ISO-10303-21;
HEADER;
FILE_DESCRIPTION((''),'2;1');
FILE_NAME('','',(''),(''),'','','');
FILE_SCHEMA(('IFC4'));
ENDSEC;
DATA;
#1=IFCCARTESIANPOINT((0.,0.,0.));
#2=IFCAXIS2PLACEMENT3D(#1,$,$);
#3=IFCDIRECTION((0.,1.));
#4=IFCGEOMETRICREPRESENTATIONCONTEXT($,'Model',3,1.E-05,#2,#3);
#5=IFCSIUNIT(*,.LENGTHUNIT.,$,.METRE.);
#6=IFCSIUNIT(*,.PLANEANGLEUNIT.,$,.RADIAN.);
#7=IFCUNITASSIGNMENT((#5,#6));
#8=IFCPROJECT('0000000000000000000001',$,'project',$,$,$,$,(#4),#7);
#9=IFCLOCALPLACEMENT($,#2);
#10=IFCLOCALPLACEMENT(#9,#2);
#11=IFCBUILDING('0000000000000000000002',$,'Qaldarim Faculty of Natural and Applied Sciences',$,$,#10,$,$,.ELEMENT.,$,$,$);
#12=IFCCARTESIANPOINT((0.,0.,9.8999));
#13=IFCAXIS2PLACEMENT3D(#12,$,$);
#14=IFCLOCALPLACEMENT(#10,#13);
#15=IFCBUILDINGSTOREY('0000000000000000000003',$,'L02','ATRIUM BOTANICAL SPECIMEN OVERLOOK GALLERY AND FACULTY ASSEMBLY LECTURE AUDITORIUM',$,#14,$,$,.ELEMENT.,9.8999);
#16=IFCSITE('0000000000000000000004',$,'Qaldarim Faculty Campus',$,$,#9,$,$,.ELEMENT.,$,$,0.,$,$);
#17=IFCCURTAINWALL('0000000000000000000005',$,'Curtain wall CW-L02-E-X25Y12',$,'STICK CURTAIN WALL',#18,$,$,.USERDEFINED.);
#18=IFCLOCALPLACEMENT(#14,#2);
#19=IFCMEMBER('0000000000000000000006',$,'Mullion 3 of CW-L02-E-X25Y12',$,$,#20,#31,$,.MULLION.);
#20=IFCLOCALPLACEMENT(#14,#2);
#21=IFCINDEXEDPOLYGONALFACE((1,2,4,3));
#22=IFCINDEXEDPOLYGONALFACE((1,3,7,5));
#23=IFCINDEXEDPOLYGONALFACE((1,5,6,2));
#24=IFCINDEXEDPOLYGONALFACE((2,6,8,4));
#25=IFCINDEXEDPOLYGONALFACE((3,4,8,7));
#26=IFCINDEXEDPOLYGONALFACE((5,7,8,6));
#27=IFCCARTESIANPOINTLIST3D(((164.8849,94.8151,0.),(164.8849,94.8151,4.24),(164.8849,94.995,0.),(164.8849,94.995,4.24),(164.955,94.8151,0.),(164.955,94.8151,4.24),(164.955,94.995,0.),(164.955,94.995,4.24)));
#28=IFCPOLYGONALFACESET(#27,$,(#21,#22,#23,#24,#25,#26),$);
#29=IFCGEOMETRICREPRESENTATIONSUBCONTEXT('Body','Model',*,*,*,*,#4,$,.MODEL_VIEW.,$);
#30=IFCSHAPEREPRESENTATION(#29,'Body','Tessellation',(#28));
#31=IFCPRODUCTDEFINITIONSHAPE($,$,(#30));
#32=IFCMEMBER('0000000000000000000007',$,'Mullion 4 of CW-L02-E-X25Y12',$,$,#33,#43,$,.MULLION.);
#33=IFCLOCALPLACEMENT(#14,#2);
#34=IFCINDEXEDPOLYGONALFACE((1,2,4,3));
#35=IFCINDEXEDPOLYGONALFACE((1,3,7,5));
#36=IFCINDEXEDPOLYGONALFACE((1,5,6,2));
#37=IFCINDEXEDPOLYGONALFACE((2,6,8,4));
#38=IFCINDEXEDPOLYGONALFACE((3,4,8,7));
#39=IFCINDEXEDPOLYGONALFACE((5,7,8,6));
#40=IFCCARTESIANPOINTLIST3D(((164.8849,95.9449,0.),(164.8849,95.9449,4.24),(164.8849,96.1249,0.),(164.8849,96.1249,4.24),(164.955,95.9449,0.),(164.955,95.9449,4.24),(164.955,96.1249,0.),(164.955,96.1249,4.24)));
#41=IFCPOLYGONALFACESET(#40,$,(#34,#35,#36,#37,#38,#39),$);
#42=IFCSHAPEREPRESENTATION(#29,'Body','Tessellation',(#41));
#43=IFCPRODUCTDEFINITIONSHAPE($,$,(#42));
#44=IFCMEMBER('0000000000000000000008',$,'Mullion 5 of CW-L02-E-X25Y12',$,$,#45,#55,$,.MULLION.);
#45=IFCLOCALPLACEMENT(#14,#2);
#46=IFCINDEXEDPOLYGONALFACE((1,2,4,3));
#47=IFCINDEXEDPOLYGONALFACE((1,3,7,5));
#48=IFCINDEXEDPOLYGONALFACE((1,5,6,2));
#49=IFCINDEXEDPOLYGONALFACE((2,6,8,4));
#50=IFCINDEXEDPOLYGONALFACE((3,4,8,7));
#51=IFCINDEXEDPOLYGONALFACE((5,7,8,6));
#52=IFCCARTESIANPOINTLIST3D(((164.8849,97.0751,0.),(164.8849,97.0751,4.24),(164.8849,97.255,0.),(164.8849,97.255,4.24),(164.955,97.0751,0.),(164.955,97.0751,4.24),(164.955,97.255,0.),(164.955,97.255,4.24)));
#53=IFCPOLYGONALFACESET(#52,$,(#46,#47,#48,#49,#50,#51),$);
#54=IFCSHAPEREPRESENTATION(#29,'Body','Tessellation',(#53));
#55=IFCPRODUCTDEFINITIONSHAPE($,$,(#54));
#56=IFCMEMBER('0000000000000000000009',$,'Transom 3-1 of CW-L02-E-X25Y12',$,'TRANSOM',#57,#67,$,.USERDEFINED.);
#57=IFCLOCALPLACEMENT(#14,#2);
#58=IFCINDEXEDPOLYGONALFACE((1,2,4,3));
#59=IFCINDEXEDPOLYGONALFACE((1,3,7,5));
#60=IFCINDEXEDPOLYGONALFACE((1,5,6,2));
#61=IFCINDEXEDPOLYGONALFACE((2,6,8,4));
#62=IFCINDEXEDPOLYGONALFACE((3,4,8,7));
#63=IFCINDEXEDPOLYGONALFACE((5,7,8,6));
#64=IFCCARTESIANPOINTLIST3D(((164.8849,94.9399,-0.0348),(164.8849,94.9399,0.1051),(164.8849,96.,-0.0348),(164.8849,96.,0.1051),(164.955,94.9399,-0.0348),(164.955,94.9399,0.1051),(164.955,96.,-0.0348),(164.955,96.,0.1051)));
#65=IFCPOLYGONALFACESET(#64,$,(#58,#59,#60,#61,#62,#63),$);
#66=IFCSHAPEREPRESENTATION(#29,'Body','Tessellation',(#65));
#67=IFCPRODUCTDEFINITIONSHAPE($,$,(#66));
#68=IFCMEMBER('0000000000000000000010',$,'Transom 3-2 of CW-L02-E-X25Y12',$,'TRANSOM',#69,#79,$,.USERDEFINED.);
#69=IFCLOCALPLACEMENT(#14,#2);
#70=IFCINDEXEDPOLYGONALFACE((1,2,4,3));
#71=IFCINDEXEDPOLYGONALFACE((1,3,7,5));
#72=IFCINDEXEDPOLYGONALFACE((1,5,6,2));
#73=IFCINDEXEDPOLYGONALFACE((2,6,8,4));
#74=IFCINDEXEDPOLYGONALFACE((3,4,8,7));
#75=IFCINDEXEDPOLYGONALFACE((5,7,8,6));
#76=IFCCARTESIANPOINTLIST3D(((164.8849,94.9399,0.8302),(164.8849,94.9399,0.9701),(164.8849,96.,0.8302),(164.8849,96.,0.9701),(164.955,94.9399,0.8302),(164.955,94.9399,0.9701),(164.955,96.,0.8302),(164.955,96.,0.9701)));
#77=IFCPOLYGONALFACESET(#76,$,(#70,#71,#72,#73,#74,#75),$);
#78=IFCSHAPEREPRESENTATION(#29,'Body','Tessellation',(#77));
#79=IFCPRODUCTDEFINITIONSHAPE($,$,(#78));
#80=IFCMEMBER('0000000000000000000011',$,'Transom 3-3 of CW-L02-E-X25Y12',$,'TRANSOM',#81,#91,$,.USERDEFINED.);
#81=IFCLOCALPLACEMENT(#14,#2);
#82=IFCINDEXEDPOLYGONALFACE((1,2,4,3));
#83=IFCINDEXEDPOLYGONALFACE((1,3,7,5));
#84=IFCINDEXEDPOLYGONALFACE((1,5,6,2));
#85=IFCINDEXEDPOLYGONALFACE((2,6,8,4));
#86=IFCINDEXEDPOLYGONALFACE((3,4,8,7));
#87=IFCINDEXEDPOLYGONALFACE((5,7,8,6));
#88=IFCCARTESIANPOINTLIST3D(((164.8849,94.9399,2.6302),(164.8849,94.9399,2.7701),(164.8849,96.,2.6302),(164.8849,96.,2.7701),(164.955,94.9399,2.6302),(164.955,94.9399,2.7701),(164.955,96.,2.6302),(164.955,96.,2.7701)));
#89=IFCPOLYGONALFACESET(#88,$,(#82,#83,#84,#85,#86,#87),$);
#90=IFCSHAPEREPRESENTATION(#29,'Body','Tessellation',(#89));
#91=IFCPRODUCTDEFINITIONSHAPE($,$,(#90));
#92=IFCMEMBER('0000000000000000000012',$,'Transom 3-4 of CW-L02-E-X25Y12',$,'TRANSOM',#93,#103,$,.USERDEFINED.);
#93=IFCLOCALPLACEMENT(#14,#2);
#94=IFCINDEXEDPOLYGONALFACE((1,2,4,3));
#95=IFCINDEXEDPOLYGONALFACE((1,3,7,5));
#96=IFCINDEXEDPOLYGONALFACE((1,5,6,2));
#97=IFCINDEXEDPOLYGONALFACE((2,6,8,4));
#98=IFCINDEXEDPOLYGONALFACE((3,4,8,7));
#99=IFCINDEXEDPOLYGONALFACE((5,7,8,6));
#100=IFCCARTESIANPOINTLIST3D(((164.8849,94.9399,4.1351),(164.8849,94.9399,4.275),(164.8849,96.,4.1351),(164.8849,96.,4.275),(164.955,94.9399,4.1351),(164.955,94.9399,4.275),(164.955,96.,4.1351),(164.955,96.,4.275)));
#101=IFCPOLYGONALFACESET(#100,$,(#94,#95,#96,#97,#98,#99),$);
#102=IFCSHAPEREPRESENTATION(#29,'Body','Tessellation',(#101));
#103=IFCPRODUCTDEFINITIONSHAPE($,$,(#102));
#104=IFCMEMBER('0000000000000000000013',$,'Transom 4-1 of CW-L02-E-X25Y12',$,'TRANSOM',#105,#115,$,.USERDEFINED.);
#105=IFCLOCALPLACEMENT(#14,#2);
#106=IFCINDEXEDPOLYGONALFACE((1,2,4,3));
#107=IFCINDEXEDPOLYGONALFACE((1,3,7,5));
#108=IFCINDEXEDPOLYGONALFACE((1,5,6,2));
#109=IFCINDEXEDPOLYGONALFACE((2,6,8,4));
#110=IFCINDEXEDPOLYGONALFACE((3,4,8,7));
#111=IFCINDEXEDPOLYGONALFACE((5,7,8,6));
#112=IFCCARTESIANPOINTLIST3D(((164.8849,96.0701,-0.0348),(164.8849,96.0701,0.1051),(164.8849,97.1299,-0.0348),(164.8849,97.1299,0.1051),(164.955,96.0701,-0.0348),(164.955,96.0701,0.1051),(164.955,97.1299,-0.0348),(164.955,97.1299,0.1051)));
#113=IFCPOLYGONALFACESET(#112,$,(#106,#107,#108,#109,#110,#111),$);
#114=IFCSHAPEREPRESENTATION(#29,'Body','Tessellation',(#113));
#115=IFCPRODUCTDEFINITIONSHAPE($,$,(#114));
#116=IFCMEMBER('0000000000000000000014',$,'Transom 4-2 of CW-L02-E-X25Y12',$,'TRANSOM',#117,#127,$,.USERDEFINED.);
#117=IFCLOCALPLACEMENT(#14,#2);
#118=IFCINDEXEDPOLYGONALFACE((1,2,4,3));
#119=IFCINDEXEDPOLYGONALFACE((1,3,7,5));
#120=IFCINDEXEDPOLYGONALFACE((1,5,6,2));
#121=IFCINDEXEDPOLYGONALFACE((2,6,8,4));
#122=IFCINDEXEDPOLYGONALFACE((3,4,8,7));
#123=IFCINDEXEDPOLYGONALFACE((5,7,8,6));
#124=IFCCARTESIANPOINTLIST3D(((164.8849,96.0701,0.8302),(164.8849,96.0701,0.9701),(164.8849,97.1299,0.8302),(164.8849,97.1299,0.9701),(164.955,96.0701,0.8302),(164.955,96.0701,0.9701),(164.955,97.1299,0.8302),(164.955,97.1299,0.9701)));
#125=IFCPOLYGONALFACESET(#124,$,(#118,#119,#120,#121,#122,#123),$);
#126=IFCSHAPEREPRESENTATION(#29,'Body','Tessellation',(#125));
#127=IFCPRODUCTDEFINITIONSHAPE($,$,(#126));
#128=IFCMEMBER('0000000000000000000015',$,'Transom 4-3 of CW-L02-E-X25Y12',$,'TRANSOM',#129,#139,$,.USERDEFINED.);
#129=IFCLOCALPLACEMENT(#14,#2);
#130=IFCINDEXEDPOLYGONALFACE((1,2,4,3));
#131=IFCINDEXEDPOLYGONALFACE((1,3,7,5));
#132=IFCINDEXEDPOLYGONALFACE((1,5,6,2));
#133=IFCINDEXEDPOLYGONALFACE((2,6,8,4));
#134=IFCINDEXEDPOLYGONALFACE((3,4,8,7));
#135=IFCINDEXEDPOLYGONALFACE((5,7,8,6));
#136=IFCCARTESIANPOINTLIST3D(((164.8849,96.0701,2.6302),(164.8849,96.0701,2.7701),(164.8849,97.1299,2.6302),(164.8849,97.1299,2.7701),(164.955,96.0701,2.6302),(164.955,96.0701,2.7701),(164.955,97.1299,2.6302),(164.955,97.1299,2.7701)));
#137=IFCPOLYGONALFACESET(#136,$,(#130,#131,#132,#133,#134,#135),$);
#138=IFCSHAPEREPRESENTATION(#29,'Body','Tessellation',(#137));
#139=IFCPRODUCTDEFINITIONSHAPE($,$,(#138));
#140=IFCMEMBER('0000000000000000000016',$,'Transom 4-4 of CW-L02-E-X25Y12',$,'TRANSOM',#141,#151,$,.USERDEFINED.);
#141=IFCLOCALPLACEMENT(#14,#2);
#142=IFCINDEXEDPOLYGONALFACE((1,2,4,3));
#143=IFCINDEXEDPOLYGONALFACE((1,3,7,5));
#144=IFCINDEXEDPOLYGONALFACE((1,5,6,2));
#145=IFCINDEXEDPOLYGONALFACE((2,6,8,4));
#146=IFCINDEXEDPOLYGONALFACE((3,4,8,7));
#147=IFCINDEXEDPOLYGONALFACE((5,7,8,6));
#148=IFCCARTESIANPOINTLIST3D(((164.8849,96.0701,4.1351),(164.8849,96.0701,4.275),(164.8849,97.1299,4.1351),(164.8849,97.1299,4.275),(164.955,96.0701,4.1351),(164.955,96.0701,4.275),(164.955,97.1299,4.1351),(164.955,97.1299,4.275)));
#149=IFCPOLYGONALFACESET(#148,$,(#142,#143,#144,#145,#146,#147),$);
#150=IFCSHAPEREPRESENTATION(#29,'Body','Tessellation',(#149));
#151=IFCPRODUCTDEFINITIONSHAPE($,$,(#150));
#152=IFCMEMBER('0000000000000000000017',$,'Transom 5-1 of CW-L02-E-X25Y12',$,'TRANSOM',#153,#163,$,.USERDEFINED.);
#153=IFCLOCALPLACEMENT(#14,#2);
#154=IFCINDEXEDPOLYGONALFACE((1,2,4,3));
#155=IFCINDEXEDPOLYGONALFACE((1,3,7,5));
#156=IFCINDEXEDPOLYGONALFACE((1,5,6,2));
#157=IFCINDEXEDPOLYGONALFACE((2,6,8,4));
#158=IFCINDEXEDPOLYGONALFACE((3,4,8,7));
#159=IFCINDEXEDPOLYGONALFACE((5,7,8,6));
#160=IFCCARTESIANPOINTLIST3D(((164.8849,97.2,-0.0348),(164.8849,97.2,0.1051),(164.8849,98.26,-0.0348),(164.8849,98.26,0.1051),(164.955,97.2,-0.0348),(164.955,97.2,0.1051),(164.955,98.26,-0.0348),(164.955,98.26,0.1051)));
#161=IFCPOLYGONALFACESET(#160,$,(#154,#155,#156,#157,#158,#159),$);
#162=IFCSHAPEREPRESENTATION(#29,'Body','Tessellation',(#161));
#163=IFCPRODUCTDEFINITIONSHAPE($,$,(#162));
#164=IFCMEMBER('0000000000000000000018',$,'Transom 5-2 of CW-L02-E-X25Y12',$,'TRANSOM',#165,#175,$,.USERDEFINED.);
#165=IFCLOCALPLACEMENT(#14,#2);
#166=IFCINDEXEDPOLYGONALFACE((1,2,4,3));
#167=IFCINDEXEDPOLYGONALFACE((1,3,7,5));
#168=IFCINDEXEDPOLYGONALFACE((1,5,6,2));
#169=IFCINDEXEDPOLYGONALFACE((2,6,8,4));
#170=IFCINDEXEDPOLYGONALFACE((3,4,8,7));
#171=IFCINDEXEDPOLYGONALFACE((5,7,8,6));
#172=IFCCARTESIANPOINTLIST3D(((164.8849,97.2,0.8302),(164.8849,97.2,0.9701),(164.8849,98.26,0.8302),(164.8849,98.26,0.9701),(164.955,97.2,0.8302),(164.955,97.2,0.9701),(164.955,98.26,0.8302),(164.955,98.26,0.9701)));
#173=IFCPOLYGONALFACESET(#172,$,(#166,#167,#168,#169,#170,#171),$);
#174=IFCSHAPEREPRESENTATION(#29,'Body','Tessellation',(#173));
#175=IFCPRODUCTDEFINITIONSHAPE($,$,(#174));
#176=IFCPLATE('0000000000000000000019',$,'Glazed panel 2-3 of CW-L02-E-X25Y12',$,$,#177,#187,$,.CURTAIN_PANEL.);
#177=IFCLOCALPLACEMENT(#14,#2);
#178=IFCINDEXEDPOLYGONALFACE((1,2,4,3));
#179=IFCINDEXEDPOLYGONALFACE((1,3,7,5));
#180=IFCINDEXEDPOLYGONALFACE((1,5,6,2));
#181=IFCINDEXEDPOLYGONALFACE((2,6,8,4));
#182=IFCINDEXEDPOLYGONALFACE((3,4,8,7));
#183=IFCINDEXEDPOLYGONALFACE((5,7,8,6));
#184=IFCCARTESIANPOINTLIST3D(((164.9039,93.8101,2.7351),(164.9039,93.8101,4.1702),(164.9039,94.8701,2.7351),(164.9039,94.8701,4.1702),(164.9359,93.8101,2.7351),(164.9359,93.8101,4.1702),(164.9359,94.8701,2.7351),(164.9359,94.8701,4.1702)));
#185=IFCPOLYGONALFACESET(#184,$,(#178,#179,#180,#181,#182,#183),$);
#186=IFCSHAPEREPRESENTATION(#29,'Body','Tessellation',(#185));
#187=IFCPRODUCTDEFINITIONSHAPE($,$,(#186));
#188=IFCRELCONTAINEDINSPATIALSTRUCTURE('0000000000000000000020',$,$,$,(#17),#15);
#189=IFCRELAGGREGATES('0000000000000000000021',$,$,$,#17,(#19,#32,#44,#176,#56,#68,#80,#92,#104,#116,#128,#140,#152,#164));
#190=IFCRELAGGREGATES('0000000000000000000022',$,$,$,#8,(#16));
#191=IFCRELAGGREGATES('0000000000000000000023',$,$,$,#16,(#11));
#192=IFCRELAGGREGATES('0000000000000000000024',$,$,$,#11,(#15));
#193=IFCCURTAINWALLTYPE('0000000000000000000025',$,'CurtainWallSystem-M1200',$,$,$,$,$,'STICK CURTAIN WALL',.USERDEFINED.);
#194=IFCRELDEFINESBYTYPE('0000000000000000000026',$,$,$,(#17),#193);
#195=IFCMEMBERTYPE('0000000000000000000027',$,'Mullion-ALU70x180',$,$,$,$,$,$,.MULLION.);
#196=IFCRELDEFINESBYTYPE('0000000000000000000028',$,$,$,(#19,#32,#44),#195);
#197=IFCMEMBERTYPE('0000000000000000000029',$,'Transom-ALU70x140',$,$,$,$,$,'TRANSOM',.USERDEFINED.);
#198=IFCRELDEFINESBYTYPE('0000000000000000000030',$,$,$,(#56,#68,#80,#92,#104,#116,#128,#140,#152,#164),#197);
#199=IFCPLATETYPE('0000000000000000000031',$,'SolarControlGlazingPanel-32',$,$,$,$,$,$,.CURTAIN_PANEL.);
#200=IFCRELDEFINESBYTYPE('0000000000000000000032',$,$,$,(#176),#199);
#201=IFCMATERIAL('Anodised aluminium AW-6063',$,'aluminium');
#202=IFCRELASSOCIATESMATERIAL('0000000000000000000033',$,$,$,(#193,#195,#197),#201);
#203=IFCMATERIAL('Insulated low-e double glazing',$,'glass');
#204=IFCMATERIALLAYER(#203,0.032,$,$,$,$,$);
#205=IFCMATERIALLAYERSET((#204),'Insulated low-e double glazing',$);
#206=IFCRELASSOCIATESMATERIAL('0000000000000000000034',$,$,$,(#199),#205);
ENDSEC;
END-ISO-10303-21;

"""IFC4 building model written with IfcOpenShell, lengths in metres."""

from ifc_helpers import new_model, si_unit, direction, frame, origin, origin_2d, place, context, subcontext, project, spatial, rectangle, extrude, material, layer, layer_set, material_profile, profile_set, type_object, element, aggregate, save


model = new_model("IFC4")

# Units and contexts
model_context = context("Model", 3, precision=1e-05, world=origin(), true_north=direction((0.0, 1.0)))
body_context = subcontext(model_context, "Body", "Model", "MODEL_VIEW")
ifc_project = project(units=[si_unit("LENGTHUNIT", "METRE"), si_unit("PLANEANGLEUNIT", "RADIAN")], contexts=[model_context])

# Site, building, storey
site_placement = place(None, origin())
site = spatial("IfcSite", under=ifc_project, at=site_placement, Name="Qaldarim Faculty Campus", CompositionType="ELEMENT", RefElevation=0.0)
building_placement = place(site_placement, origin())
building = spatial("IfcBuilding", under=site, at=building_placement, Name="Qaldarim Faculty of Natural and Applied Sciences", CompositionType="ELEMENT")
storey_placement = place(building_placement, frame((0.0, 0.0, 9.8999)))
storey = spatial("IfcBuildingStorey", under=building, at=storey_placement, Name="L02", Description="ATRIUM BOTANICAL SPECIMEN OVERLOOK GALLERY AND FACULTY ASSEMBLY LECTURE AUDITORIUM", CompositionType="ELEMENT", Elevation=9.8999)

# Curtain wall, members, plate
ifc_material_1 = material(Name="Anodised aluminium AW-6063", Category="aluminium")
curtain_wall_type = type_object("IfcCurtainWallType", Name="CurtainWallSystem-M1200", ElementType="STICK CURTAIN WALL", PredefinedType="USERDEFINED", material=ifc_material_1)
curtain_wall_placement = place(storey_placement, origin())
curtain_wall = element("IfcCurtainWall", 1, at=curtain_wall_placement, inside=storey, type_object=curtain_wall_type, Name="Curtain wall CW-L02-E-X25Y12", ObjectType="STICK CURTAIN WALL", PredefinedType="USERDEFINED")
ifc_material_profile_1 = material_profile(ifc_material_1, rectangle(XDim=0.0701, YDim=0.1799, at=origin_2d()), Name="ALU-M70x180")
ifc_profile_set_1 = profile_set([ifc_material_profile_1], Name="Anodised aluminium AW-6063")
member_type_1 = type_object("IfcMemberType", Name="Mullion-ALU70x180", PredefinedType="MULLION", material=ifc_profile_set_1)
member_1_placement = place(storey_placement, frame((164.9199, 94.905, 0.0), z_axis=(0.0, 0.0, 1.0), x_axis=(-1.0, 0.0, 0.0)))
member_1 = element("IfcMember", 2, at=member_1_placement, type_object=member_type_1, Name="Mullion 3 of CW-L02-E-X25Y12", PredefinedType="MULLION", context=body_context, shape_type="SweptSolid", body=[
    extrude(rectangle(XDim=0.0701, YDim=0.1799, at=origin_2d()), origin(), (0.0, 0.0, 1.0), 4.24),
])
member_2_placement = place(storey_placement, frame((164.9199, 96.0349, 0.0), z_axis=(0.0, 0.0, 1.0), x_axis=(-1.0, 0.0, 0.0)))
member_2 = element("IfcMember", 3, at=member_2_placement, type_object=member_type_1, Name="Mullion 4 of CW-L02-E-X25Y12", PredefinedType="MULLION", context=body_context, shape_type="SweptSolid", body=[
    extrude(rectangle(XDim=0.0701, YDim=0.1799, at=origin_2d()), origin(), (0.0, 0.0, 1.0), 4.24),
])
member_3_placement = place(storey_placement, frame((164.9199, 97.165, 0.0), z_axis=(0.0, 0.0, 1.0), x_axis=(-1.0, 0.0, 0.0)))
member_3 = element("IfcMember", 4, at=member_3_placement, type_object=member_type_1, Name="Mullion 5 of CW-L02-E-X25Y12", PredefinedType="MULLION", context=body_context, shape_type="SweptSolid", body=[
    extrude(rectangle(XDim=0.0701, YDim=0.1799, at=origin_2d()), origin(), (0.0, 0.0, 1.0), 4.24),
])
ifc_material_profile_2 = material_profile(ifc_material_1, rectangle(XDim=0.0701, YDim=0.1399, at=origin_2d()), Name="ALU-T70x140")
ifc_profile_set_2 = profile_set([ifc_material_profile_2], Name="Anodised aluminium AW-6063")
member_type_2 = type_object("IfcMemberType", Name="Transom-ALU70x140", ElementType="TRANSOM", PredefinedType="USERDEFINED", material=ifc_profile_set_2)
member_4_placement = place(storey_placement, frame((164.9199, 94.9399, 0.0352), z_axis=(0.0, 1.0, 0.0), x_axis=(-1.0, 0.0, 0.0)))
member_4 = element("IfcMember", 5, at=member_4_placement, type_object=member_type_2, Name="Transom 3-1 of CW-L02-E-X25Y12", ObjectType="TRANSOM", PredefinedType="USERDEFINED", context=body_context, shape_type="SweptSolid", body=[
    extrude(rectangle(XDim=0.0701, YDim=0.1399, at=origin_2d()), origin(), (0.0, 0.0, 1.0), 1.0601),
])
member_5_placement = place(storey_placement, frame((164.9199, 94.9399, 0.9001), z_axis=(0.0, 1.0, 0.0), x_axis=(-1.0, 0.0, 0.0)))
member_5 = element("IfcMember", 6, at=member_5_placement, type_object=member_type_2, Name="Transom 3-2 of CW-L02-E-X25Y12", ObjectType="TRANSOM", PredefinedType="USERDEFINED", context=body_context, shape_type="SweptSolid", body=[
    extrude(rectangle(XDim=0.0701, YDim=0.1399, at=origin_2d()), origin(), (0.0, 0.0, 1.0), 1.0601),
])
member_6_placement = place(storey_placement, frame((164.9199, 94.9399, 2.7002), z_axis=(0.0, 1.0, 0.0), x_axis=(-1.0, 0.0, 0.0)))
member_6 = element("IfcMember", 7, at=member_6_placement, type_object=member_type_2, Name="Transom 3-3 of CW-L02-E-X25Y12", ObjectType="TRANSOM", PredefinedType="USERDEFINED", context=body_context, shape_type="SweptSolid", body=[
    extrude(rectangle(XDim=0.0701, YDim=0.1399, at=origin_2d()), origin(), (0.0, 0.0, 1.0), 1.0601),
])
member_7_placement = place(storey_placement, frame((164.9199, 94.9399, 4.2051), z_axis=(0.0, 1.0, 0.0), x_axis=(-1.0, 0.0, 0.0)))
member_7 = element("IfcMember", 8, at=member_7_placement, type_object=member_type_2, Name="Transom 3-4 of CW-L02-E-X25Y12", ObjectType="TRANSOM", PredefinedType="USERDEFINED", context=body_context, shape_type="SweptSolid", body=[
    extrude(rectangle(XDim=0.0701, YDim=0.1399, at=origin_2d()), origin(), (0.0, 0.0, 1.0), 1.0601),
])
member_8_placement = place(storey_placement, frame((164.9199, 96.0701, 0.0352), z_axis=(0.0, 1.0, 0.0), x_axis=(-1.0, 0.0, 0.0)))
member_8 = element("IfcMember", 9, at=member_8_placement, type_object=member_type_2, Name="Transom 4-1 of CW-L02-E-X25Y12", ObjectType="TRANSOM", PredefinedType="USERDEFINED", context=body_context, shape_type="SweptSolid", body=[
    extrude(rectangle(XDim=0.0701, YDim=0.1399, at=origin_2d()), origin(), (0.0, 0.0, 1.0), 1.0598),
])
member_9_placement = place(storey_placement, frame((164.9199, 96.0701, 0.9001), z_axis=(0.0, 1.0, 0.0), x_axis=(-1.0, 0.0, 0.0)))
member_9 = element("IfcMember", 10, at=member_9_placement, type_object=member_type_2, Name="Transom 4-2 of CW-L02-E-X25Y12", ObjectType="TRANSOM", PredefinedType="USERDEFINED", context=body_context, shape_type="SweptSolid", body=[
    extrude(rectangle(XDim=0.0701, YDim=0.1399, at=origin_2d()), origin(), (0.0, 0.0, 1.0), 1.0598),
])
member_10_placement = place(storey_placement, frame((164.9199, 96.0701, 2.7002), z_axis=(0.0, 1.0, 0.0), x_axis=(-1.0, 0.0, 0.0)))
member_10 = element("IfcMember", 11, at=member_10_placement, type_object=member_type_2, Name="Transom 4-3 of CW-L02-E-X25Y12", ObjectType="TRANSOM", PredefinedType="USERDEFINED", context=body_context, shape_type="SweptSolid", body=[
    extrude(rectangle(XDim=0.0701, YDim=0.1399, at=origin_2d()), origin(), (0.0, 0.0, 1.0), 1.0598),
])
member_11_placement = place(storey_placement, frame((164.9199, 96.0701, 4.2051), z_axis=(0.0, 1.0, 0.0), x_axis=(-1.0, 0.0, 0.0)))
member_11 = element("IfcMember", 12, at=member_11_placement, type_object=member_type_2, Name="Transom 4-4 of CW-L02-E-X25Y12", ObjectType="TRANSOM", PredefinedType="USERDEFINED", context=body_context, shape_type="SweptSolid", body=[
    extrude(rectangle(XDim=0.0701, YDim=0.1399, at=origin_2d()), origin(), (0.0, 0.0, 1.0), 1.0598),
])
member_12_placement = place(storey_placement, frame((164.9199, 97.2, 0.0352), z_axis=(0.0, 1.0, 0.0), x_axis=(-1.0, 0.0, 0.0)))
member_12 = element("IfcMember", 13, at=member_12_placement, type_object=member_type_2, Name="Transom 5-1 of CW-L02-E-X25Y12", ObjectType="TRANSOM", PredefinedType="USERDEFINED", context=body_context, shape_type="SweptSolid", body=[
    extrude(rectangle(XDim=0.0701, YDim=0.1399, at=origin_2d()), origin(), (0.0, 0.0, 1.0), 1.0601),
])
member_13_placement = place(storey_placement, frame((164.9199, 97.2, 0.9001), z_axis=(0.0, 1.0, 0.0), x_axis=(-1.0, 0.0, 0.0)))
member_13 = element("IfcMember", 14, at=member_13_placement, type_object=member_type_2, Name="Transom 5-2 of CW-L02-E-X25Y12", ObjectType="TRANSOM", PredefinedType="USERDEFINED", context=body_context, shape_type="SweptSolid", body=[
    extrude(rectangle(XDim=0.0701, YDim=0.1399, at=origin_2d()), origin(), (0.0, 0.0, 1.0), 1.0601),
])
ifc_material_2 = material(Name="Insulated low-e double glazing", Category="glass")
ifc_layer_1 = layer(ifc_material_2, 0.032)
ifc_layer_set_1 = layer_set([ifc_layer_1], Name="Insulated low-e double glazing")
plate_type = type_object("IfcPlateType", Name="SolarControlGlazingPanel-32", PredefinedType="CURTAIN_PANEL", material=ifc_layer_set_1)
plate_1_placement = place(storey_placement, frame((164.9199, 94.3401, 2.7351), z_axis=(0.0, 0.0, 1.0), x_axis=(0.0, 1.0, 0.0)))
plate_1 = element("IfcPlate", 15, at=plate_1_placement, type_object=plate_type, Name="Glazed panel 2-3 of CW-L02-E-X25Y12", PredefinedType="CURTAIN_PANEL", context=body_context, shape_type="SweptSolid", body=[
    extrude(rectangle(XDim=1.0601, YDim=0.032, at=origin_2d()), origin(), (0.0, 0.0, 1.0), 1.4351),
])
aggregate(curtain_wall, [member_1, member_2, member_3, plate_1, member_4, member_5, member_6, member_7, member_8, member_9, member_10, member_11, member_12, member_13])

save(model, "model.ifc")
